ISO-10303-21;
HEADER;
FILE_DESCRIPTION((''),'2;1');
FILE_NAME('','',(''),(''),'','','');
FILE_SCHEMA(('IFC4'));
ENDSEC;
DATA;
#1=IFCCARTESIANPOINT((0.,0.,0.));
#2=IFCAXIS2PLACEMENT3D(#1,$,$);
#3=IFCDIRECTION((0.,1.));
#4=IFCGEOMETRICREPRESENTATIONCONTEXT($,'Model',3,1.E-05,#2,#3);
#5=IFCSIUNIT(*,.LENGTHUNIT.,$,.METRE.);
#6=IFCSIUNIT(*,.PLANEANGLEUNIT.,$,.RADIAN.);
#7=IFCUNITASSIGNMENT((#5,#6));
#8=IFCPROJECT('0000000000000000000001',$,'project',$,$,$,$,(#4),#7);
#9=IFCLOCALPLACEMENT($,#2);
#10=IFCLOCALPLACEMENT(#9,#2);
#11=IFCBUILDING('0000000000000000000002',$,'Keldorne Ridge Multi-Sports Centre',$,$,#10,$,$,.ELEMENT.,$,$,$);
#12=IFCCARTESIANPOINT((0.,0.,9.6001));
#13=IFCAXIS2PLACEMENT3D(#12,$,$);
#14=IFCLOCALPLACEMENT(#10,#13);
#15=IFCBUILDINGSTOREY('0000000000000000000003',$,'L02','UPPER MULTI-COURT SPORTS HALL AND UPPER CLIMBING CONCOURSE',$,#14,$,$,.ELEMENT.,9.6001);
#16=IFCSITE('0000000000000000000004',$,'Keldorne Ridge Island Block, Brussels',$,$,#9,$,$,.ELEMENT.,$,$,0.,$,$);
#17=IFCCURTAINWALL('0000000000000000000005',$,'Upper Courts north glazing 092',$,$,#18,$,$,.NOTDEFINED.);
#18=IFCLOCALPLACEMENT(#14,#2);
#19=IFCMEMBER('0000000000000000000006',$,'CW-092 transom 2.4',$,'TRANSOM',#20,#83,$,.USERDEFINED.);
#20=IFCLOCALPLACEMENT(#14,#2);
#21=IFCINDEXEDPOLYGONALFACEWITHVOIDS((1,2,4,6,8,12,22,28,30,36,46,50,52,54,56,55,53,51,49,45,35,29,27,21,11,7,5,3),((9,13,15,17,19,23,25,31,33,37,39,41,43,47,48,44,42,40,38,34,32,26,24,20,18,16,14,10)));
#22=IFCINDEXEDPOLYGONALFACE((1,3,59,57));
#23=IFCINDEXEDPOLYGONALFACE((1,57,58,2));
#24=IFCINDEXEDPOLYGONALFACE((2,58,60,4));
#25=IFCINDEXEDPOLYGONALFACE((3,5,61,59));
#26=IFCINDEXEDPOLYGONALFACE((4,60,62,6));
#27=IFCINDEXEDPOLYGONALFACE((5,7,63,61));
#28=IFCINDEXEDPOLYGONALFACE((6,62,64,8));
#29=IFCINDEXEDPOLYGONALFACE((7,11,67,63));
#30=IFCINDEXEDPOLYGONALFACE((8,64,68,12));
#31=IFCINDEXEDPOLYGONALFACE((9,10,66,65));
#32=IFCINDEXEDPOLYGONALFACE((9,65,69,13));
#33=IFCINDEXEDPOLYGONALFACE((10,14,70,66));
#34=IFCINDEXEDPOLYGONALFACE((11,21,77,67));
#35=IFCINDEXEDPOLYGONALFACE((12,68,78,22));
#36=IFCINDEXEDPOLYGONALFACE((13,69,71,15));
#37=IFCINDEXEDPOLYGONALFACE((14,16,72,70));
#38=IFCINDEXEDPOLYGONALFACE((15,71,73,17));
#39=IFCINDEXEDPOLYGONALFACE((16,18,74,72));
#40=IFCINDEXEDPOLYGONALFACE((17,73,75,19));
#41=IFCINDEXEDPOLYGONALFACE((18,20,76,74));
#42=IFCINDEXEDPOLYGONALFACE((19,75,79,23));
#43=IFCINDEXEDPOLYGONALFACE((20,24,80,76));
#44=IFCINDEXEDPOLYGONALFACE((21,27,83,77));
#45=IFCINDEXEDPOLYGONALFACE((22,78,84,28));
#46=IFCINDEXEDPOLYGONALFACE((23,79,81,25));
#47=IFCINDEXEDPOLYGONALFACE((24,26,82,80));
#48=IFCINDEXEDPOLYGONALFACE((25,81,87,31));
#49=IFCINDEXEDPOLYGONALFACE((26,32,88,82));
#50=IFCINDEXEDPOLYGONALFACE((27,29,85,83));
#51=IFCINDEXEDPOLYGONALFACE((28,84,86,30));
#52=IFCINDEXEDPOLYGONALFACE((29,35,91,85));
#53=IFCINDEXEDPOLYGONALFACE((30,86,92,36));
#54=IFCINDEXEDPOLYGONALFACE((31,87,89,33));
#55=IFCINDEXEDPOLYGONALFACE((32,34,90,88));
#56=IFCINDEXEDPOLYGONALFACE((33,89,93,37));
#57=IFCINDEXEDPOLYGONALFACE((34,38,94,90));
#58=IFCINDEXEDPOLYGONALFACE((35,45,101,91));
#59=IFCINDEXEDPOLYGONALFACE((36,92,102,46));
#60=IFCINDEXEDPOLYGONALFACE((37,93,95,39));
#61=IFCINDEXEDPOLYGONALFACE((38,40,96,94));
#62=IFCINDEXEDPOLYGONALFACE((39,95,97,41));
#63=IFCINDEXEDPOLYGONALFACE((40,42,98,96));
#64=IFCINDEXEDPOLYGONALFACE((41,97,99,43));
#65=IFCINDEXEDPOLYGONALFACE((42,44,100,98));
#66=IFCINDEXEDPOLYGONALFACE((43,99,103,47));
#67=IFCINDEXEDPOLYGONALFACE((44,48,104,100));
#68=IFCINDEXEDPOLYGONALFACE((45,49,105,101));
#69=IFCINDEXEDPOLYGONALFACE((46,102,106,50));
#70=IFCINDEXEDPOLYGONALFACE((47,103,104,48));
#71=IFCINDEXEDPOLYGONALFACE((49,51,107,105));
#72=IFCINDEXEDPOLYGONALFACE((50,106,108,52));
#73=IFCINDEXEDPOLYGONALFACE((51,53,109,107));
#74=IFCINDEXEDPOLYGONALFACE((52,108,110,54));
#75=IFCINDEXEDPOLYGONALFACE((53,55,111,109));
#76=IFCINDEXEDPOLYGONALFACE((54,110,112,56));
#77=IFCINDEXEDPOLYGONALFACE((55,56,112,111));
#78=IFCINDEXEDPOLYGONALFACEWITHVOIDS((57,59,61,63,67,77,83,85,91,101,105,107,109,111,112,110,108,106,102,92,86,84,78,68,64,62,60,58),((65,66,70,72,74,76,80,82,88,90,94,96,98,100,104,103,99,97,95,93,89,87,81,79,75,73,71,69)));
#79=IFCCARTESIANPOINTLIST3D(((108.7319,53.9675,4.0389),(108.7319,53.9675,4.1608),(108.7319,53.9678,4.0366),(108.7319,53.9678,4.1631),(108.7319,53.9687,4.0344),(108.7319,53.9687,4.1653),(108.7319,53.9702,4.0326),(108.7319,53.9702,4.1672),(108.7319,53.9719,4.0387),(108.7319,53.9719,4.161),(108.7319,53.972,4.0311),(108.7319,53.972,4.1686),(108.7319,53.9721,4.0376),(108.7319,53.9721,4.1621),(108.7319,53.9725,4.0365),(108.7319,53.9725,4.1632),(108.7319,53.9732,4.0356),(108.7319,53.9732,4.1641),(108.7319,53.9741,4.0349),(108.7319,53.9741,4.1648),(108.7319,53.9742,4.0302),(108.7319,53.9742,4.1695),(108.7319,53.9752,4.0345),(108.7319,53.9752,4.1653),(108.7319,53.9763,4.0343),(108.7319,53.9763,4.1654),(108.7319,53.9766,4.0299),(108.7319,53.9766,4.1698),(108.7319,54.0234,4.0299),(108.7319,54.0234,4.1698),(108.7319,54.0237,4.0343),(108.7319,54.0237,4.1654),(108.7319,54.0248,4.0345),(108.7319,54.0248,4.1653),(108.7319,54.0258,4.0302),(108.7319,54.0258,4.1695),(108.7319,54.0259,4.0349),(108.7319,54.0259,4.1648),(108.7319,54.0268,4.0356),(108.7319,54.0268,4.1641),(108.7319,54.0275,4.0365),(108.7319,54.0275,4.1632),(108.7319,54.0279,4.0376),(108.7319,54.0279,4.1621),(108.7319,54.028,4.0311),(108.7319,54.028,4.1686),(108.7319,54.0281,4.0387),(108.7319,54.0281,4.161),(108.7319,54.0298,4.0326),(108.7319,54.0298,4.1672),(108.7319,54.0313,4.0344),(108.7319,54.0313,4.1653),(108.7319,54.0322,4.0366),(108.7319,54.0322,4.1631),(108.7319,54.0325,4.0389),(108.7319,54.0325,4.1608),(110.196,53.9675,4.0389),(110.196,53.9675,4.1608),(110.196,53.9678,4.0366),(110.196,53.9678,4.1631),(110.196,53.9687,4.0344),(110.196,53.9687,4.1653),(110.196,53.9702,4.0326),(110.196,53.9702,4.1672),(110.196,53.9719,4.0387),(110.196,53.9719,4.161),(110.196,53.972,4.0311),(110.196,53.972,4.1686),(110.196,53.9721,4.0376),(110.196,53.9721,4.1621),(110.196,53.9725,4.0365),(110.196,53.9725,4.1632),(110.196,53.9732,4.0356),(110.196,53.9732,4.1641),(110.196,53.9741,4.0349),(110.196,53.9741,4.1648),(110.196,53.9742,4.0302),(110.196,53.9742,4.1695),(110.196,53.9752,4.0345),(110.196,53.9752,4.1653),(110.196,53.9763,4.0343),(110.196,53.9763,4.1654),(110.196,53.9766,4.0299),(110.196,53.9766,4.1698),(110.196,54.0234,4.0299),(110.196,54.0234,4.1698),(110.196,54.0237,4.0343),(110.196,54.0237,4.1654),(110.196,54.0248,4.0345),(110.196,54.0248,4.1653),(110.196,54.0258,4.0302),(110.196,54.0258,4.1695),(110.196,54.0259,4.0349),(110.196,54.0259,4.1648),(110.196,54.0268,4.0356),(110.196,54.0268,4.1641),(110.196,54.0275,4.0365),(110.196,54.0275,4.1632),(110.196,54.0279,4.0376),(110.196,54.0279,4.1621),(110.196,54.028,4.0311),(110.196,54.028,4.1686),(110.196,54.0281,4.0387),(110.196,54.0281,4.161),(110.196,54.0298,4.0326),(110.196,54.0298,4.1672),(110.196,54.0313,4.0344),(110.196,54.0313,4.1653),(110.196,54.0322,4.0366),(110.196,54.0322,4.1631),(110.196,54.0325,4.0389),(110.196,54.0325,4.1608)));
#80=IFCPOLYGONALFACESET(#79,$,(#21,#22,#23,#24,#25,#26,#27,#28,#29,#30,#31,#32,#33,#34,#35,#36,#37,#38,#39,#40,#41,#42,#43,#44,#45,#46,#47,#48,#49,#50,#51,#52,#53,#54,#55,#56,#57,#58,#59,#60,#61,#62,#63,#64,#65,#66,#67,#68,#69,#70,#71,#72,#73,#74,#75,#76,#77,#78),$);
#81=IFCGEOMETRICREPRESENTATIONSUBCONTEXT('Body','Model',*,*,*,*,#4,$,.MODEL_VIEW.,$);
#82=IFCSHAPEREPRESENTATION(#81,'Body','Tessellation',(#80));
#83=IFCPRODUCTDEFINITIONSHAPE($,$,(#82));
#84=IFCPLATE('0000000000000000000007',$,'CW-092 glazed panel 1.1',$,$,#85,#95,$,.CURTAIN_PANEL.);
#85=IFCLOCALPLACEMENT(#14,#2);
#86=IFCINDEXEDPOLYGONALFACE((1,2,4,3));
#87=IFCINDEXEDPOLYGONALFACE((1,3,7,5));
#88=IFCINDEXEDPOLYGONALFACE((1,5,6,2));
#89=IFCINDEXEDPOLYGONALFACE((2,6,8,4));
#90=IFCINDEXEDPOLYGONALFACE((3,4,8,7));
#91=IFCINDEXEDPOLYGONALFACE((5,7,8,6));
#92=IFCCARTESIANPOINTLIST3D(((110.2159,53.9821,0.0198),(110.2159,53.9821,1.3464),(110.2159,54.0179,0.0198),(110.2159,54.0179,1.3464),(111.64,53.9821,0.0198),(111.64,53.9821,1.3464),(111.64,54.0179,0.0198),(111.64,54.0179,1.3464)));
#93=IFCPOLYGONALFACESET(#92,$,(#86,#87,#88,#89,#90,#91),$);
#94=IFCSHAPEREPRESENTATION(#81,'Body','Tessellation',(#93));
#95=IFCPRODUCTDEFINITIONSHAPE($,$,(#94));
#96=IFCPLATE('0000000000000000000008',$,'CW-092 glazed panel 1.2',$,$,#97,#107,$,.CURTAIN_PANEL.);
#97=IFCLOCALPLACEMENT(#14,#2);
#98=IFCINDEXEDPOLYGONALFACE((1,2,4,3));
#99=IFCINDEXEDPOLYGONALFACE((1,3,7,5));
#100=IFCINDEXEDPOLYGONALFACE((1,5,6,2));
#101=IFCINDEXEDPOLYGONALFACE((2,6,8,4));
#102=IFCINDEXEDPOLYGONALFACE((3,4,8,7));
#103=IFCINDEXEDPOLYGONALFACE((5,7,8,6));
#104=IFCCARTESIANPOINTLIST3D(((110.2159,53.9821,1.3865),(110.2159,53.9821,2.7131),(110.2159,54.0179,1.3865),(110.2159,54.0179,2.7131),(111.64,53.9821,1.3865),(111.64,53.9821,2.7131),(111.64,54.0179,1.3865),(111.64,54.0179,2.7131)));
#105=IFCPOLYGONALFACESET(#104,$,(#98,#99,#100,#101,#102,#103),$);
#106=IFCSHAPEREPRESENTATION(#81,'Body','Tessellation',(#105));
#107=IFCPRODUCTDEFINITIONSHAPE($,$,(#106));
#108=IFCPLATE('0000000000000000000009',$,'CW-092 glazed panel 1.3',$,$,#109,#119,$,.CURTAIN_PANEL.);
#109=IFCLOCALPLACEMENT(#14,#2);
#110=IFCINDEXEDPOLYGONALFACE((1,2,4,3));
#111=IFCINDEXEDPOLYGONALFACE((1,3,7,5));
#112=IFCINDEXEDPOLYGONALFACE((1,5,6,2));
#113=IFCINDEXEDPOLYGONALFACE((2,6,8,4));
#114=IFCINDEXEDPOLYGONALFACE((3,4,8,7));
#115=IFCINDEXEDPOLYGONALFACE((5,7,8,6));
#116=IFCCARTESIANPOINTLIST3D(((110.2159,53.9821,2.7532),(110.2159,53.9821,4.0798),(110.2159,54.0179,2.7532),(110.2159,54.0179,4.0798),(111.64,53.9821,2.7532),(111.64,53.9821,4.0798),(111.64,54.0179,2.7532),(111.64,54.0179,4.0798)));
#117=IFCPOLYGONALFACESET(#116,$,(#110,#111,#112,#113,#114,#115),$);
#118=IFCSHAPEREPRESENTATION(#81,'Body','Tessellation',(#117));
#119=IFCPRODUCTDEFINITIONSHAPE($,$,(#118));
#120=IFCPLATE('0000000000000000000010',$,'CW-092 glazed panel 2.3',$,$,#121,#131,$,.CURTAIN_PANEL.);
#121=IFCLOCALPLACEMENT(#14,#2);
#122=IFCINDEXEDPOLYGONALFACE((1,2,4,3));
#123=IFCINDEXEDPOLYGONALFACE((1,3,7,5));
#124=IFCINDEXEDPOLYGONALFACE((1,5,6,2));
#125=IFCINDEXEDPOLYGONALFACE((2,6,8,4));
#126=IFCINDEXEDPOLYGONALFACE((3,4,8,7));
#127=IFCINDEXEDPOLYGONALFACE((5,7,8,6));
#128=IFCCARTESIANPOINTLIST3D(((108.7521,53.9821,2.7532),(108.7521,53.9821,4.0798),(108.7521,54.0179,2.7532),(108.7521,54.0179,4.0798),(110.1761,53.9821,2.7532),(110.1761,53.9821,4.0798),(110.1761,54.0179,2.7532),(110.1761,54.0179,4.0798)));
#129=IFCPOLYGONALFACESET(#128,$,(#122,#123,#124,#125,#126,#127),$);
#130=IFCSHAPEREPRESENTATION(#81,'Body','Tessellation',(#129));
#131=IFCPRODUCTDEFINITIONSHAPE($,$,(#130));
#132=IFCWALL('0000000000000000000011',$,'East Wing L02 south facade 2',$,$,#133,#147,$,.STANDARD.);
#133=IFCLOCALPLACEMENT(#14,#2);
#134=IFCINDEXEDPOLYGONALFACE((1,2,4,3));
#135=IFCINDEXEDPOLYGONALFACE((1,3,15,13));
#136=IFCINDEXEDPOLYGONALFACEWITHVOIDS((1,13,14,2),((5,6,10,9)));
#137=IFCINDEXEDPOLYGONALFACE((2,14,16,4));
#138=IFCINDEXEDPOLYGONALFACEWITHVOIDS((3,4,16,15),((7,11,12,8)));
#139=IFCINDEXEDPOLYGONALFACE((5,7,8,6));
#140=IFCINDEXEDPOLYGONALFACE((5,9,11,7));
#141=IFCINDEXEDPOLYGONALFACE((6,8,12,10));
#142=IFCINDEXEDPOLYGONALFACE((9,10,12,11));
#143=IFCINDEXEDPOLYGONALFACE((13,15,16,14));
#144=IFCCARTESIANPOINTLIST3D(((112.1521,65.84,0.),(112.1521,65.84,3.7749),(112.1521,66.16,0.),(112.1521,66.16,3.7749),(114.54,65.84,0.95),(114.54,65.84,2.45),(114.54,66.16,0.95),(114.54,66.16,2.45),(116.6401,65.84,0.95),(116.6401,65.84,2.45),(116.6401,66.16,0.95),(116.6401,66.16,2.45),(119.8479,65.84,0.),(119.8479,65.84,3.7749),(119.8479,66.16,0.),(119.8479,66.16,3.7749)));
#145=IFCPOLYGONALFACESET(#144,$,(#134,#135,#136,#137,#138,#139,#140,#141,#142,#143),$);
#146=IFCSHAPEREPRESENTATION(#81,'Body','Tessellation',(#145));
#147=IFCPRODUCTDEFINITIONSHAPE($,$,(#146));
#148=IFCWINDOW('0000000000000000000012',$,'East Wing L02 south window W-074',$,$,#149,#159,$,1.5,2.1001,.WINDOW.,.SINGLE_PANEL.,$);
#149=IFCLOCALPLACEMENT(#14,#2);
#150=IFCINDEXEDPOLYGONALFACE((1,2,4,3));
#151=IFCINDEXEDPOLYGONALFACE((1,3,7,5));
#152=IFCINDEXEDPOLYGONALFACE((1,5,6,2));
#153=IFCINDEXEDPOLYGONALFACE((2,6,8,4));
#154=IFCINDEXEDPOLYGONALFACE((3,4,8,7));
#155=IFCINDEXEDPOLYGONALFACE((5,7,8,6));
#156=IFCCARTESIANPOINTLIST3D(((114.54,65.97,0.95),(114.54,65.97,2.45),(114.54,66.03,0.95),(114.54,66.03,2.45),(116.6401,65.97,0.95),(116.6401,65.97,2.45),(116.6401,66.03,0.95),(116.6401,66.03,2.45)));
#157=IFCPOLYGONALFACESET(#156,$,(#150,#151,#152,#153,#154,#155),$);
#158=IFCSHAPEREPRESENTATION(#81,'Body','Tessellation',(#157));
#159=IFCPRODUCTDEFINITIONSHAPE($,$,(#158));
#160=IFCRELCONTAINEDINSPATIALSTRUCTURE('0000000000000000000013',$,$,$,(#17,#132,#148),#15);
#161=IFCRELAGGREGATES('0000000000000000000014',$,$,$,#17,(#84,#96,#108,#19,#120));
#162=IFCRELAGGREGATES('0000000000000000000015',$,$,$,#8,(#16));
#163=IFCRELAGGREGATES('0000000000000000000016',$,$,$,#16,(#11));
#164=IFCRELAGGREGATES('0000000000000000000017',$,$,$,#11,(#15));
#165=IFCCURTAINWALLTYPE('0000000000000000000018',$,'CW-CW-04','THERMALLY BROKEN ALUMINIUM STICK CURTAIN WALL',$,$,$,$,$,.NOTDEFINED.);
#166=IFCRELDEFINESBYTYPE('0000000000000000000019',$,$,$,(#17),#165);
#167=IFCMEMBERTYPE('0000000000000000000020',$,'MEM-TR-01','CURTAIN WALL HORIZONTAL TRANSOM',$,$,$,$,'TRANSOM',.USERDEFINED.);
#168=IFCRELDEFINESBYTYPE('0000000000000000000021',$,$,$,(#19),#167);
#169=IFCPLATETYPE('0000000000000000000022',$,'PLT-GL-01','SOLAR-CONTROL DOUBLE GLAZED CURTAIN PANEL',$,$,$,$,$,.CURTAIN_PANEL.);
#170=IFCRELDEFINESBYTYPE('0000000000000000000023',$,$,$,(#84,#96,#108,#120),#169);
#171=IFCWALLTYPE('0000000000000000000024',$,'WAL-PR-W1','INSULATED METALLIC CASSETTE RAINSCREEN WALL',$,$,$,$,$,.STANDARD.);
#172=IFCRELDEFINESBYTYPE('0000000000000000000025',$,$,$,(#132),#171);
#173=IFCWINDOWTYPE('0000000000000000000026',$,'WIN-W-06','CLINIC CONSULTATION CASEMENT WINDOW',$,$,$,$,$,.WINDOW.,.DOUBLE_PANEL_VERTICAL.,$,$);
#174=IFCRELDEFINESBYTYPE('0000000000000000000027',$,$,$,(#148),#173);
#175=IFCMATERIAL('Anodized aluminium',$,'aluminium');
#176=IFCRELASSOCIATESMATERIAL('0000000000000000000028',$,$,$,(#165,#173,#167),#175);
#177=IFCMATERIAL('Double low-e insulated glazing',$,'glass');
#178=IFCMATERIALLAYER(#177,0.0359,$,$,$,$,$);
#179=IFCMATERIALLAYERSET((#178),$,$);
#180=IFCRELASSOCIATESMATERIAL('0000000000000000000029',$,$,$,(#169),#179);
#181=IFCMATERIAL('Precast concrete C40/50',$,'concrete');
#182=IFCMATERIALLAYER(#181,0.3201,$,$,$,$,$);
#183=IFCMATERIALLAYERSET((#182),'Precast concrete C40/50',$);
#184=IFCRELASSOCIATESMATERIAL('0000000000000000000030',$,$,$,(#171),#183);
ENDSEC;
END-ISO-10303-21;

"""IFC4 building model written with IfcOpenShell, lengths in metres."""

from ifc_helpers import new_model, si_unit, direction, frame, frame_2d, origin, origin_2d, place, context, subcontext, project, spatial, rectangle, hollow_rectangle, extrude, material, layer, layer_set, material_profile, profile_set, type_object, element, fill, aggregate, save


model = new_model("IFC4")

# Units and contexts
model_context = context("Model", 3, precision=1e-05, world=origin(), true_north=direction((0.0, 1.0)))
body_context = subcontext(model_context, "Body", "Model", "MODEL_VIEW")
ifc_project = project(units=[si_unit("LENGTHUNIT", "METRE"), si_unit("PLANEANGLEUNIT", "RADIAN")], contexts=[model_context])

# Site, building, storey
site_placement = place(None, origin())
site = spatial("IfcSite", under=ifc_project, at=site_placement, Name="Keldorne Ridge Island Block, Brussels", CompositionType="ELEMENT", RefElevation=0.0)
building_placement = place(site_placement, origin())
building = spatial("IfcBuilding", under=site, at=building_placement, Name="Keldorne Ridge Multi-Sports Centre", CompositionType="ELEMENT")
storey_placement = place(building_placement, frame((0.0, 0.0, 9.6001)))
storey = spatial("IfcBuildingStorey", under=building, at=storey_placement, Name="L02", Description="UPPER MULTI-COURT SPORTS HALL AND UPPER CLIMBING CONCOURSE", CompositionType="ELEMENT", Elevation=9.6001)

# Curtain wall
ifc_material_1 = material(Name="Anodized aluminium", Category="aluminium")
curtain_wall_type_1 = type_object("IfcCurtainWallType", Name="CW-CW-04", Description="THERMALLY BROKEN ALUMINIUM STICK CURTAIN WALL", PredefinedType="NOTDEFINED", material=ifc_material_1)
curtain_wall_1_placement = place(storey_placement, origin())
curtain_wall_1 = element("IfcCurtainWall", 1, at=curtain_wall_1_placement, inside=storey, type_object=curtain_wall_type_1, Name="Upper Courts north glazing 092", PredefinedType="NOTDEFINED")

# Member
ifc_material_profile_1 = material_profile(ifc_material_1, hollow_rectangle(XDim=0.0649, YDim=0.1399, WallThickness=0.0044, InnerFilletRadius=0.0044, OuterFilletRadius=0.009, at=origin_2d()), Name="ALU TRANSOM 140x65x4.5")
ifc_profile_set_1 = profile_set([ifc_material_profile_1], Name="Anodized aluminium")
member_type_1 = type_object("IfcMemberType", Name="MEM-TR-01", Description="CURTAIN WALL HORIZONTAL TRANSOM", ElementType="TRANSOM", PredefinedType="USERDEFINED", material=ifc_profile_set_1)
member_1_placement = place(storey_placement, frame((110.196, 54.0, 4.0999), z_axis=(-1.0, 0.0, 0.0), x_axis=(0.0, -1.0, 0.0)))
member_1 = element("IfcMember", 2, at=member_1_placement, type_object=member_type_1, Name="CW-092 transom 2.4", ObjectType="TRANSOM", PredefinedType="USERDEFINED", context=body_context, shape_type="SweptSolid", body=[
    extrude(hollow_rectangle(XDim=0.0649, YDim=0.1399, WallThickness=0.0044, InnerFilletRadius=0.0044, OuterFilletRadius=0.009, at=origin_2d()), origin(), (0.0, 0.0, 1.0), 1.4641),
])

# Plates
ifc_material_2 = material(Name="Double low-e insulated glazing", Category="glass")
ifc_layer_1 = layer(ifc_material_2, 0.0359)
ifc_layer_set_1 = layer_set([ifc_layer_1])
plate_type = type_object("IfcPlateType", Name="PLT-GL-01", Description="SOLAR-CONTROL DOUBLE GLAZED CURTAIN PANEL", PredefinedType="CURTAIN_PANEL", material=ifc_layer_set_1)
plate_1_placement = place(storey_placement, frame((110.928, 54.0, 0.0198), z_axis=(0.0, 0.0, 1.0), x_axis=(-1.0, 0.0, 0.0)))
plate_1 = element("IfcPlate", 3, at=plate_1_placement, type_object=plate_type, Name="CW-092 glazed panel 1.1", PredefinedType="CURTAIN_PANEL", context=body_context, shape_type="SweptSolid", body=[
    extrude(rectangle(XDim=1.4241, YDim=0.0359, at=origin_2d()), origin(), (0.0, 0.0, 1.0), 1.3267),
])
plate_2_placement = place(storey_placement, frame((110.928, 54.0, 1.3865), z_axis=(0.0, 0.0, 1.0), x_axis=(-1.0, 0.0, 0.0)))
plate_2 = element("IfcPlate", 4, at=plate_2_placement, type_object=plate_type, Name="CW-092 glazed panel 1.2", PredefinedType="CURTAIN_PANEL", context=body_context, shape_type="SweptSolid", body=[
    extrude(rectangle(XDim=1.4241, YDim=0.0359, at=origin_2d()), origin(), (0.0, 0.0, 1.0), 1.3267),
])
plate_3_placement = place(storey_placement, frame((110.928, 54.0, 2.7532), z_axis=(0.0, 0.0, 1.0), x_axis=(-1.0, 0.0, 0.0)))
plate_3 = element("IfcPlate", 5, at=plate_3_placement, type_object=plate_type, Name="CW-092 glazed panel 1.3", PredefinedType="CURTAIN_PANEL", context=body_context, shape_type="SweptSolid", body=[
    extrude(rectangle(XDim=1.4241, YDim=0.0359, at=origin_2d()), origin(), (0.0, 0.0, 1.0), 1.3267),
])
plate_4_placement = place(storey_placement, frame((109.4641, 54.0, 2.7532), z_axis=(0.0, 0.0, 1.0), x_axis=(-1.0, 0.0, 0.0)))
plate_4 = element("IfcPlate", 6, at=plate_4_placement, type_object=plate_type, Name="CW-092 glazed panel 2.3", PredefinedType="CURTAIN_PANEL", context=body_context, shape_type="SweptSolid", body=[
    extrude(rectangle(XDim=1.4241, YDim=0.0359, at=origin_2d()), origin(), (0.0, 0.0, 1.0), 1.3267),
])
aggregate(curtain_wall_1, [plate_1, plate_2, plate_3, member_1, plate_4])

# Wall, opening, window
ifc_material_3 = material(Name="Precast concrete C40/50", Category="concrete")
ifc_layer_2 = layer(ifc_material_3, 0.3201)
ifc_layer_set_2 = layer_set([ifc_layer_2], Name="Precast concrete C40/50")
wall_type_1 = type_object("IfcWallType", Name="WAL-PR-W1", Description="INSULATED METALLIC CASSETTE RAINSCREEN WALL", PredefinedType="STANDARD", material=ifc_layer_set_2)
wall_1_placement = place(storey_placement, frame((112.1521, 66.0, 0.0), z_axis=(0.0, 0.0, 1.0), x_axis=(1.0, 0.0, 0.0)))
wall_1 = element("IfcWall", 7, at=wall_1_placement, inside=storey, type_object=wall_type_1, Name="East Wing L02 south facade 2", PredefinedType="STANDARD", context=body_context, shape_type="SweptSolid", body=[
    extrude(rectangle(XDim=7.6958, YDim=0.3201, at=frame_2d((3.8479, 0.0))), origin(), (0.0, 0.0, 1.0), 3.7749),
])
opening_1_placement = place(wall_1_placement, frame((2.3879, 0.0, 0.95)))
opening_1 = element("IfcOpeningElement", 8, at=opening_1_placement, cuts=wall_1, PredefinedType="OPENING", context=body_context, shape_type="SweptSolid", body=[
    extrude(rectangle(XDim=2.1001, YDim=1.5, at=frame_2d((1.05, 0.75))), frame((0.0, 0.1699, 0.0), z_axis=(0.0, -1.0, 0.0), x_axis=(1.0, 0.0, 0.0)), (0.0, 0.0, 1.0), 0.3401),
])
window_type = type_object("IfcWindowType", Name="WIN-W-06", Description="CLINIC CONSULTATION CASEMENT WINDOW", PartitioningType="DOUBLE_PANEL_VERTICAL", PredefinedType="WINDOW", material=ifc_material_1)
window_placement = place(opening_1_placement, origin())
window = element("IfcWindow", 9, at=window_placement, inside=storey, type_object=window_type, Name="East Wing L02 south window W-074", OverallHeight=1.5, OverallWidth=2.1001, PartitioningType="SINGLE_PANEL", PredefinedType="WINDOW", context=body_context, shape_type="SweptSolid", body=[
    extrude(rectangle(XDim=2.1001, YDim=1.5, at=frame_2d((1.05, 0.75))), frame((0.0, 0.03, 0.0), z_axis=(0.0, -1.0, 0.0), x_axis=(1.0, 0.0, 0.0)), (0.0, 0.0, 1.0), 0.0601),
])
fill(opening_1, window)

save(model, "model.ifc")
